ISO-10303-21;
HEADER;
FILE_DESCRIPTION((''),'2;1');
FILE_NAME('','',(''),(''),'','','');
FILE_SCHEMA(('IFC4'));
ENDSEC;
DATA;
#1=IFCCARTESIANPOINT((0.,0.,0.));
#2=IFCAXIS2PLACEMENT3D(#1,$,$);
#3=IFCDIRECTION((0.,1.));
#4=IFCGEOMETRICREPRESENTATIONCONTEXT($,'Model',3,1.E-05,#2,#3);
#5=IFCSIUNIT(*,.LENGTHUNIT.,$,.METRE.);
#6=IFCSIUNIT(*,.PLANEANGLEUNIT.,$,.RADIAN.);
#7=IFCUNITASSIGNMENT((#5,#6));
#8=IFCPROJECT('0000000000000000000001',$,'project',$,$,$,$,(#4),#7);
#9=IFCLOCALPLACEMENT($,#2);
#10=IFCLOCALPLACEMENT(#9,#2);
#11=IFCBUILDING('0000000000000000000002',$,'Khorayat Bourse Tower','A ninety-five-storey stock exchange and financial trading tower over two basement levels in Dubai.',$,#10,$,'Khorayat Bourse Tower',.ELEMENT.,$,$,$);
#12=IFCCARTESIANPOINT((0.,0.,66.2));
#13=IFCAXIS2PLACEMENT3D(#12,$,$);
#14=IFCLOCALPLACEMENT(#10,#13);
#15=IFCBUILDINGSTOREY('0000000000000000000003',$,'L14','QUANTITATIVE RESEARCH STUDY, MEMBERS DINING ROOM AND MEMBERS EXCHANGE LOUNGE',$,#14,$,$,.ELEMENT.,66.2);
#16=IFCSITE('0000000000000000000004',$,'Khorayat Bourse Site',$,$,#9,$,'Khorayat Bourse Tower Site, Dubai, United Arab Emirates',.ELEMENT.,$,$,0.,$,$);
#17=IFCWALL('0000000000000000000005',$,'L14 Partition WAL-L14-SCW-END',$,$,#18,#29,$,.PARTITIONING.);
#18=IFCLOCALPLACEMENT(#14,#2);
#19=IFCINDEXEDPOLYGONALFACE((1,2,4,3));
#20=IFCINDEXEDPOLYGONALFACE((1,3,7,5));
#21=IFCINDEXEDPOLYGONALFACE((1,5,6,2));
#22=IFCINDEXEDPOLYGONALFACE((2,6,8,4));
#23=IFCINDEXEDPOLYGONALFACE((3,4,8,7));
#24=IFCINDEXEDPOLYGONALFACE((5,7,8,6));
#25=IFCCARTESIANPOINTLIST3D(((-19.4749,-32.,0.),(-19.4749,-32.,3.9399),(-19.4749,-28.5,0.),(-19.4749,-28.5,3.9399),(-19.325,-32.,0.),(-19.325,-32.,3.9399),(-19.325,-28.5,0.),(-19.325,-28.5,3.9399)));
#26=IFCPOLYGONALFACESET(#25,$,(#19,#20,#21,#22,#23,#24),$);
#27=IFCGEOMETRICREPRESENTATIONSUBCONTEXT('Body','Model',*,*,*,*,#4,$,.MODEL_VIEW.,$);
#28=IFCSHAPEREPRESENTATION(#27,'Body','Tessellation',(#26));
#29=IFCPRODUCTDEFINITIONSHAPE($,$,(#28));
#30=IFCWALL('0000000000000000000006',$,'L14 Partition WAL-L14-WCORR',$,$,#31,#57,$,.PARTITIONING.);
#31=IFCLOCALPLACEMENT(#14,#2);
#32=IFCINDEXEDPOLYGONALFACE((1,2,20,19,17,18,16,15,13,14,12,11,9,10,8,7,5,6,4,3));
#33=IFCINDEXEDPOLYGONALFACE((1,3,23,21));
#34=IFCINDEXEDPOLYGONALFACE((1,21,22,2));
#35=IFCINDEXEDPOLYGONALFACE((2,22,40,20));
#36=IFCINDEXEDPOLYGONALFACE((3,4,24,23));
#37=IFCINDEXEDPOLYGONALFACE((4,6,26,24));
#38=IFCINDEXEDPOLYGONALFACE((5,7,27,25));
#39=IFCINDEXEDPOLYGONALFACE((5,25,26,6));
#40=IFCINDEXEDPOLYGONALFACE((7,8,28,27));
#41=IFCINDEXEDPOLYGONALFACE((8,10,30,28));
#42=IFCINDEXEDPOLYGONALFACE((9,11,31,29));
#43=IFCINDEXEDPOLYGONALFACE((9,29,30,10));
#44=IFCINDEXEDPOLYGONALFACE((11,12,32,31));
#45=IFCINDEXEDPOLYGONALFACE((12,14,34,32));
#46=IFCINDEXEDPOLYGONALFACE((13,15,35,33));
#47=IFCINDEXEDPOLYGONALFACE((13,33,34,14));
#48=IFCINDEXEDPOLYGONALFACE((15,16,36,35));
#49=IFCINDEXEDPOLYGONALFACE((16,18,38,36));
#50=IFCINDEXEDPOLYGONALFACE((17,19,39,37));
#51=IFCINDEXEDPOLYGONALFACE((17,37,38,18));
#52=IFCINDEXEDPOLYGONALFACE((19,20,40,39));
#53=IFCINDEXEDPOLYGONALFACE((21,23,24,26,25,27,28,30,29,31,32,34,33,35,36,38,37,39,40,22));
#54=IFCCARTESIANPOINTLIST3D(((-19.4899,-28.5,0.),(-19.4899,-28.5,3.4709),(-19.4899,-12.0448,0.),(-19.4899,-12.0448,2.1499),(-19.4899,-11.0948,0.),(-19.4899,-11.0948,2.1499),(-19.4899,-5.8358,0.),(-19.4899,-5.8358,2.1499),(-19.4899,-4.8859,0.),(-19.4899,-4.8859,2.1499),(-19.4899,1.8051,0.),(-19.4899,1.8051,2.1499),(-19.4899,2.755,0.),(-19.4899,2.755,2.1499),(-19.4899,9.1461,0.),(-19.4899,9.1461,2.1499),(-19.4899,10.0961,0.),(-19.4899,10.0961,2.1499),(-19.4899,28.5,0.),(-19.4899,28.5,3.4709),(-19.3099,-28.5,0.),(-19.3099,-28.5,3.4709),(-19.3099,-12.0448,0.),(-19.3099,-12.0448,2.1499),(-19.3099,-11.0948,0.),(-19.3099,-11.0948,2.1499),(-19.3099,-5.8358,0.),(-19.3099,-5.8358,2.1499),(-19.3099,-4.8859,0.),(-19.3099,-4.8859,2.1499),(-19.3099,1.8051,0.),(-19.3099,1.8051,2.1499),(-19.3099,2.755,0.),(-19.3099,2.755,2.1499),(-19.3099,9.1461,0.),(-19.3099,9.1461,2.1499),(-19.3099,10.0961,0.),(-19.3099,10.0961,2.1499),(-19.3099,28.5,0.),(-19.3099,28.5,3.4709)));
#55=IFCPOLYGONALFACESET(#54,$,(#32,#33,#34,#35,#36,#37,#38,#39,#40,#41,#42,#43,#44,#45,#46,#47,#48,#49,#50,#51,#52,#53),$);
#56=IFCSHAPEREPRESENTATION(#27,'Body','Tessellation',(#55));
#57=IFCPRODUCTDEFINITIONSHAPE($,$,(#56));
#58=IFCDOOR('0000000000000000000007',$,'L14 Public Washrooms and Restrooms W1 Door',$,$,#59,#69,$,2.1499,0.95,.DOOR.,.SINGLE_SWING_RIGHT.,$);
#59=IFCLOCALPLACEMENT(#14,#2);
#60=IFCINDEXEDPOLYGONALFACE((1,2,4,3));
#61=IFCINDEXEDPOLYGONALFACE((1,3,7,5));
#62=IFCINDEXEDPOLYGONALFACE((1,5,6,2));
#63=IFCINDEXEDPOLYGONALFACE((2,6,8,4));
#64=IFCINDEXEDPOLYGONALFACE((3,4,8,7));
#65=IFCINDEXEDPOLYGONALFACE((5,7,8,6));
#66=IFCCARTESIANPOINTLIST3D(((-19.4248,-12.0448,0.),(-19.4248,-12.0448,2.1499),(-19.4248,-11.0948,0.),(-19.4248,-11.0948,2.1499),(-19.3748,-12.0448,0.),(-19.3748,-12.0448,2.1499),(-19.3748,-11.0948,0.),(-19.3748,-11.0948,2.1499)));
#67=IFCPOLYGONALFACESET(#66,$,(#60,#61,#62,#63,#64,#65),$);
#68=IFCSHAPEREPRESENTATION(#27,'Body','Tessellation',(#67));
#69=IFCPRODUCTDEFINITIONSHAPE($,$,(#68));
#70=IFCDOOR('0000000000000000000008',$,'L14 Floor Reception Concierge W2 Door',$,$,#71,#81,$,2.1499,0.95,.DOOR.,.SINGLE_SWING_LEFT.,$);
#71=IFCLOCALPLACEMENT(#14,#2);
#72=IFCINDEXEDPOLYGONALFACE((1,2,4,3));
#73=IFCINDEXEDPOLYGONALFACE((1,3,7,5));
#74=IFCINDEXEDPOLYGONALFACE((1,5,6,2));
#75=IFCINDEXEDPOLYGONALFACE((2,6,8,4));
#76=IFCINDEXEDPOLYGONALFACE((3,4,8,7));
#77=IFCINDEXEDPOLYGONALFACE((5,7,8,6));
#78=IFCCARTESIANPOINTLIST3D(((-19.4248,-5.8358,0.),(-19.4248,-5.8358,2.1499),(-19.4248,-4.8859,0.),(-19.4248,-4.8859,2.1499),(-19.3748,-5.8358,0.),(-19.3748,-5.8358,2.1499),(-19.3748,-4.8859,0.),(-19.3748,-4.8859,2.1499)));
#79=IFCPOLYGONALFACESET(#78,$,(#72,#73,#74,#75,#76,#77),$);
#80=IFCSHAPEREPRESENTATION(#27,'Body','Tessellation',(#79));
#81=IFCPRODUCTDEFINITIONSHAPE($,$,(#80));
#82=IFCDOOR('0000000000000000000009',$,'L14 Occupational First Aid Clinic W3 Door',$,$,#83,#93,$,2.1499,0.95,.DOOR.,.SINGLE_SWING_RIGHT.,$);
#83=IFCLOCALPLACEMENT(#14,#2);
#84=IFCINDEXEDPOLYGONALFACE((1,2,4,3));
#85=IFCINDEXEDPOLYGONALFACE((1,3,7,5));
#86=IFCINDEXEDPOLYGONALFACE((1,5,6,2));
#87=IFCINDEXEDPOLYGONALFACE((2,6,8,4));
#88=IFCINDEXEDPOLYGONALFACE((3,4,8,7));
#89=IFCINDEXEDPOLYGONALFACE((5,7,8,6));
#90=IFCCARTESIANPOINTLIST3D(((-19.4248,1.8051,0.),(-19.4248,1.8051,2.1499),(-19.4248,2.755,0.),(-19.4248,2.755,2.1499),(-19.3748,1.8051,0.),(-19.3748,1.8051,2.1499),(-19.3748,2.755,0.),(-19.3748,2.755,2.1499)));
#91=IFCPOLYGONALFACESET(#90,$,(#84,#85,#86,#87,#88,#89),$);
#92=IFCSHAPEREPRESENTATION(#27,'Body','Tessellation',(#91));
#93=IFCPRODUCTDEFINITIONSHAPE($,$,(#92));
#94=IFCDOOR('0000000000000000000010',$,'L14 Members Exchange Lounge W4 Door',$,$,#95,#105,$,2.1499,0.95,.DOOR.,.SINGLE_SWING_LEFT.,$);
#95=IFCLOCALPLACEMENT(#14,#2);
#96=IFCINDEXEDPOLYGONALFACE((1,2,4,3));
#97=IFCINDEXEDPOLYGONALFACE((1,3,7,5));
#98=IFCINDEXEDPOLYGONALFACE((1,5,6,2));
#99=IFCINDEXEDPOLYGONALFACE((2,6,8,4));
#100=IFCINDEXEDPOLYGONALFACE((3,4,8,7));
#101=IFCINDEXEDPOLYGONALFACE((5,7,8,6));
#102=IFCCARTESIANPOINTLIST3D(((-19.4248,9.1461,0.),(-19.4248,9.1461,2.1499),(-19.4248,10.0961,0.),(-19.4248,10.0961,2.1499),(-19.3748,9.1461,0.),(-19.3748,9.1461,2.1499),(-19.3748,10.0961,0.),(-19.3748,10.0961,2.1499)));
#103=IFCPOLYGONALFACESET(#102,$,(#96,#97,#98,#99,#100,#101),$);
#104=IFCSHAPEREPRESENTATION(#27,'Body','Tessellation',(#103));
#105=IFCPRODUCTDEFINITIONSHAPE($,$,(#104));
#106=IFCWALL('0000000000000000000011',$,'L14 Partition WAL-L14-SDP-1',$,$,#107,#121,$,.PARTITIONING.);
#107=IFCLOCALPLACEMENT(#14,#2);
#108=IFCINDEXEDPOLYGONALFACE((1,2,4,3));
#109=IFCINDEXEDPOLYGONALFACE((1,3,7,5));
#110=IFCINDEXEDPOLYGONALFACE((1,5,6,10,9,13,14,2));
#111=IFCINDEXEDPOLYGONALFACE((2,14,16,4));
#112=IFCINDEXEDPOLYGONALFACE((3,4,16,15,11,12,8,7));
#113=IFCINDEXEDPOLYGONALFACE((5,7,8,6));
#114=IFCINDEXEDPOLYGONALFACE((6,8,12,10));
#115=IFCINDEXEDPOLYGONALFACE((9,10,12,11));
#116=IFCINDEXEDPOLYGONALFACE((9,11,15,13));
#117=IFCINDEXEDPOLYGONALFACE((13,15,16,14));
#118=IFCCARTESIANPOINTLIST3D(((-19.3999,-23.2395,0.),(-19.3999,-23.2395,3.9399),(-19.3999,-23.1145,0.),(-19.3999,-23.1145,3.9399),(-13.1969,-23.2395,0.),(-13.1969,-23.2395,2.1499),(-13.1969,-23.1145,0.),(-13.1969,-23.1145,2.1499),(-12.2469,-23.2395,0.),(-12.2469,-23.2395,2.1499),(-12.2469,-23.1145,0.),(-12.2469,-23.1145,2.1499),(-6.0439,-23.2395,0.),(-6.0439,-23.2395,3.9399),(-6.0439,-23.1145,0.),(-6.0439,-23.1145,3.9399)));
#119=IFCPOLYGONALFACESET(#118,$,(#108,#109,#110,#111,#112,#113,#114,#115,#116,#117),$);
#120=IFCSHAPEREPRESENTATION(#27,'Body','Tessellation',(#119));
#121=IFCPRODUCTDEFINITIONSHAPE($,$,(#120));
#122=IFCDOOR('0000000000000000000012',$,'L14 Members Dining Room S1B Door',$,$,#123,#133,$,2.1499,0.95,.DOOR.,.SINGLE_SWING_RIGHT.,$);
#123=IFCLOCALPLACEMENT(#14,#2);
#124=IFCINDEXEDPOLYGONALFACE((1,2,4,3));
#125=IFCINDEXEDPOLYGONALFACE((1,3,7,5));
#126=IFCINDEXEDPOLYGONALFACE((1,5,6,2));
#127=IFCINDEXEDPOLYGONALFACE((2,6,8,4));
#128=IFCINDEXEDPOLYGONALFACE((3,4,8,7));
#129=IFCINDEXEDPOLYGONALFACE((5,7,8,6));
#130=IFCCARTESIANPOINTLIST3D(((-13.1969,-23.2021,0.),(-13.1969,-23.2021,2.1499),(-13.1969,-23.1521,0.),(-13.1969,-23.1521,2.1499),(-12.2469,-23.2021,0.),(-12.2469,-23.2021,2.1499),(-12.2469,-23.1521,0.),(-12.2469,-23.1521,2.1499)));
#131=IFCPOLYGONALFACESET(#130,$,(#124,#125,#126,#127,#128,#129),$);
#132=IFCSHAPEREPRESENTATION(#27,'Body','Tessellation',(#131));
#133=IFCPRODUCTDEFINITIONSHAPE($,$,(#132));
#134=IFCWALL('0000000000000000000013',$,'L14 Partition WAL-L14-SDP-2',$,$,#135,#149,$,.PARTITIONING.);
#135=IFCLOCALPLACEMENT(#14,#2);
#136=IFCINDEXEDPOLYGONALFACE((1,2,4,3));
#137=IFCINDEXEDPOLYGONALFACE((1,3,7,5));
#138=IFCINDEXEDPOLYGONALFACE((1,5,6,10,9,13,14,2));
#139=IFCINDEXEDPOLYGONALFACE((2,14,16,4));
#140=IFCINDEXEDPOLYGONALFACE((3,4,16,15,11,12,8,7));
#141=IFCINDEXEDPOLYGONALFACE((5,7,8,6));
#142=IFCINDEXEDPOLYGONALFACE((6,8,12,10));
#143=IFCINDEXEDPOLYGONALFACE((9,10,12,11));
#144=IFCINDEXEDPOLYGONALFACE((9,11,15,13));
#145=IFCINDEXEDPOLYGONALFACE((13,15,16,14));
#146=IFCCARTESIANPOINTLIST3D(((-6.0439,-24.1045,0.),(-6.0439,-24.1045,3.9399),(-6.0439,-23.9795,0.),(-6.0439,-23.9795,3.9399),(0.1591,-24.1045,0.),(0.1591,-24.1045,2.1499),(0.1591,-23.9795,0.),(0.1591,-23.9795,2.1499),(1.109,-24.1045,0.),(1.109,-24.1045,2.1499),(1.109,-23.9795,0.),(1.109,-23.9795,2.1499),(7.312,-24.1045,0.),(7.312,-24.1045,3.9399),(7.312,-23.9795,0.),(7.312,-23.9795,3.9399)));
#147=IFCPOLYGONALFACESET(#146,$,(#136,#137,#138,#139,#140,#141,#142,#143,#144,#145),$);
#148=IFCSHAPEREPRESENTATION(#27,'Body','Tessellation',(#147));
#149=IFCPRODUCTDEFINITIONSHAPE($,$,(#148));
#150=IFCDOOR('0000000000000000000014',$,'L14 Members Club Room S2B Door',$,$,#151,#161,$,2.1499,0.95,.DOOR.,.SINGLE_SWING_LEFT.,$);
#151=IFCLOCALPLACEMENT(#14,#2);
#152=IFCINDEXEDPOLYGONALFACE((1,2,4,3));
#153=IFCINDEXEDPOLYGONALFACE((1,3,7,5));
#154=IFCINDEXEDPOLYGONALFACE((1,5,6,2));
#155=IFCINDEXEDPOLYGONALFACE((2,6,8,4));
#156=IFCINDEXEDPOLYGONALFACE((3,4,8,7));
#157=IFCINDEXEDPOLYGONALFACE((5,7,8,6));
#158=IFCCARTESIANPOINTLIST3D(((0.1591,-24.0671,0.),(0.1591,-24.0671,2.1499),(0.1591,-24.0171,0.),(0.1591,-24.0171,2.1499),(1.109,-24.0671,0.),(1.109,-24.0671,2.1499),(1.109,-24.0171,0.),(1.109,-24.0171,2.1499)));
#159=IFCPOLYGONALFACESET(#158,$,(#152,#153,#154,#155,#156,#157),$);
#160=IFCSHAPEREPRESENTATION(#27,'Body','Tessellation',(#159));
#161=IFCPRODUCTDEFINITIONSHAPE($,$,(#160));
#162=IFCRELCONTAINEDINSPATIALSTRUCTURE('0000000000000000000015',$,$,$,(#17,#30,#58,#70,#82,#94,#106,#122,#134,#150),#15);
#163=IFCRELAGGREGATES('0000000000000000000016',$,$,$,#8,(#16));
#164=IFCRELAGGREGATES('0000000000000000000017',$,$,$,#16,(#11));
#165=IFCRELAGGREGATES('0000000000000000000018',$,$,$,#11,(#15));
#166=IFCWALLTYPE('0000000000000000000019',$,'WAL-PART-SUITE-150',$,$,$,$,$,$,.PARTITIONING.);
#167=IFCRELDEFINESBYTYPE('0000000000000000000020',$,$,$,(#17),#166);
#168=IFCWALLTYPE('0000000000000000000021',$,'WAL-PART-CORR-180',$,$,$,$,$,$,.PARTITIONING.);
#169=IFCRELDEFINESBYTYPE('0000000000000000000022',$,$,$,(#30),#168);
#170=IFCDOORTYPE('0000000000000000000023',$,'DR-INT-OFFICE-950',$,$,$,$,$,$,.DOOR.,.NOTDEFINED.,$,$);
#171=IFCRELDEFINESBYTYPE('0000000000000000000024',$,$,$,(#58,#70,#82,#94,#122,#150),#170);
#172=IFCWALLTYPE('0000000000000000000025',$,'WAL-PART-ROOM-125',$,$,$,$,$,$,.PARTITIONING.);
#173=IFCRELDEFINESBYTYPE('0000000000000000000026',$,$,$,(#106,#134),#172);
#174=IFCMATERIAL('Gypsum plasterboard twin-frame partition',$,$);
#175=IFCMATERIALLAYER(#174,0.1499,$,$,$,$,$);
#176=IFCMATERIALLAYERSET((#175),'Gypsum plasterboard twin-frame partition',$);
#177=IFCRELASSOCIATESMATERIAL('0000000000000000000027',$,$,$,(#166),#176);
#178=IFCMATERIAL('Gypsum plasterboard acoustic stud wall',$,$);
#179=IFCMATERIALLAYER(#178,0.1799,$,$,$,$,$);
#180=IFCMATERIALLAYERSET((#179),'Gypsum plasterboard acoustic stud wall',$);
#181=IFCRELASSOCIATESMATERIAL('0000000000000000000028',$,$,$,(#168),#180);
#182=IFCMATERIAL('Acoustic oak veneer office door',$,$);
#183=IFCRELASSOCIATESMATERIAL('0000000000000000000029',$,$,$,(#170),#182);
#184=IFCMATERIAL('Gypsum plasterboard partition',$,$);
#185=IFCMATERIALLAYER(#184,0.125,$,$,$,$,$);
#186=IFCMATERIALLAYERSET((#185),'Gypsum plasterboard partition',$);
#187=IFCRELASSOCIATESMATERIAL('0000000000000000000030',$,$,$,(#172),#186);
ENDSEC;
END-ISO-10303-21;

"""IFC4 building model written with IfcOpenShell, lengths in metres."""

from ifc_helpers import new_model, si_unit, direction, frame, frame_2d, origin, place, context, subcontext, project, spatial, rectangle, extrude, source, transform, mapped, material, layer, layer_set, type_object, element, fill, save


model = new_model("IFC4")

# Units and contexts
model_context = context("Model", 3, precision=1e-05, world=origin(), true_north=direction((0.0, 1.0)))
body_context = subcontext(model_context, "Body", "Model", "MODEL_VIEW")
ifc_project = project(units=[si_unit("LENGTHUNIT", "METRE"), si_unit("PLANEANGLEUNIT", "RADIAN")], contexts=[model_context])

# Site, building, storey
site_placement = place(None, origin())
site = spatial("IfcSite", under=ifc_project, at=site_placement, Name="Khorayat Bourse Site", LongName="Khorayat Bourse Tower Site, Dubai, United Arab Emirates", CompositionType="ELEMENT", RefElevation=0.0)
building_placement = place(site_placement, origin())
building = spatial("IfcBuilding", under=site, at=building_placement, Name="Khorayat Bourse Tower", Description="A ninety-five-storey stock exchange and financial trading tower over two basement levels in Dubai.", LongName="Khorayat Bourse Tower", CompositionType="ELEMENT")
storey_placement = place(building_placement, frame((0.0, 0.0, 66.2)))
storey = spatial("IfcBuildingStorey", under=building, at=storey_placement, Name="L14", Description="QUANTITATIVE RESEARCH STUDY, MEMBERS DINING ROOM AND MEMBERS EXCHANGE LOUNGE", CompositionType="ELEMENT", Elevation=66.2)

# Wall
ifc_material_1 = material(Name="Gypsum plasterboard twin-frame partition")
ifc_layer_1 = layer(ifc_material_1, 0.1499)
ifc_layer_set_1 = layer_set([ifc_layer_1], Name="Gypsum plasterboard twin-frame partition")
wall_type_1 = type_object("IfcWallType", Name="WAL-PART-SUITE-150", PredefinedType="PARTITIONING", material=ifc_layer_set_1)
shared_shape_1 = source(origin(), body_context, "Body", "SweptSolid", [
    extrude(rectangle(XDim=3.5, YDim=0.1499, at=frame_2d((1.75, 0.0))), origin(), (0.0, 0.0, 1.0), 3.9399),
])
wall_1_placement = place(storey_placement, frame((-19.3999, -32.0, 0.0), z_axis=(0.0, 0.0, 1.0), x_axis=(0.0, 1.0, 0.0)))
element("IfcWall", 1, at=wall_1_placement, inside=storey, type_object=wall_type_1, Name="L14 Partition WAL-L14-SCW-END", PredefinedType="PARTITIONING", context=body_context, shape_type="MappedRepresentation", body=[
    mapped(shared_shape_1, transform((0.0, 0.0, 0.0), scale=1.0)),
])

# Wall, openings, doors
ifc_material_2 = material(Name="Gypsum plasterboard acoustic stud wall")
ifc_layer_2 = layer(ifc_material_2, 0.1799)
ifc_layer_set_2 = layer_set([ifc_layer_2], Name="Gypsum plasterboard acoustic stud wall")
wall_type_2 = type_object("IfcWallType", Name="WAL-PART-CORR-180", PredefinedType="PARTITIONING", material=ifc_layer_set_2)
shared_shape_2 = source(origin(), body_context, "Body", "SweptSolid", [
    extrude(rectangle(XDim=57.0, YDim=0.1799, at=frame_2d((28.5, 0.0))), origin(), (0.0, 0.0, 1.0), 3.4709),
])
wall_2_placement = place(storey_placement, frame((-19.3999, -28.5, 0.0), z_axis=(0.0, 0.0, 1.0), x_axis=(0.0, 1.0, 0.0)))
wall_2 = element("IfcWall", 2, at=wall_2_placement, inside=storey, type_object=wall_type_2, Name="L14 Partition WAL-L14-WCORR", PredefinedType="PARTITIONING", context=body_context, shape_type="MappedRepresentation", body=[
    mapped(shared_shape_2, transform((0.0, 0.0, 0.0), scale=1.0)),
])
shared_shape_3 = source(origin(), body_context, "Body", "SweptSolid", [
    extrude(rectangle(XDim=0.95, YDim=2.1499, at=frame_2d((0.4751, 1.075))), frame((0.0, 0.0999, 0.0), z_axis=(0.0, -1.0, 0.0), x_axis=(1.0, 0.0, 0.0)), (0.0, 0.0, 1.0), 0.2),
])
opening_1_placement = place(wall_2_placement, frame((16.4551, 0.0, 0.0)))
opening_1 = element("IfcOpeningElement", 3, at=opening_1_placement, cuts=wall_2, PredefinedType="OPENING", context=body_context, shape_type="MappedRepresentation", body=[
    mapped(shared_shape_3, transform((0.0, 0.0, 0.0), scale=1.0)),
])
opening_2_placement = place(wall_2_placement, frame((22.6641, 0.0, 0.0)))
opening_2 = element("IfcOpeningElement", 4, at=opening_2_placement, cuts=wall_2, PredefinedType="OPENING", context=body_context, shape_type="MappedRepresentation", body=[
    mapped(shared_shape_3, transform((0.0, 0.0, 0.0), scale=1.0)),
])
opening_3_placement = place(wall_2_placement, frame((30.3049, 0.0, 0.0)))
opening_3 = element("IfcOpeningElement", 5, at=opening_3_placement, cuts=wall_2, PredefinedType="OPENING", context=body_context, shape_type="MappedRepresentation", body=[
    mapped(shared_shape_3, transform((0.0, 0.0, 0.0), scale=1.0)),
])
opening_4_placement = place(wall_2_placement, frame((37.646, 0.0, 0.0)))
opening_4 = element("IfcOpeningElement", 6, at=opening_4_placement, cuts=wall_2, PredefinedType="OPENING", context=body_context, shape_type="MappedRepresentation", body=[
    mapped(shared_shape_3, transform((0.0, 0.0, 0.0), scale=1.0)),
])
ifc_material_3 = material(Name="Acoustic oak veneer office door")
door_type = type_object("IfcDoorType", Name="DR-INT-OFFICE-950", OperationType="NOTDEFINED", PredefinedType="DOOR", material=ifc_material_3)
shared_shape_4 = source(origin(), body_context, "Body", "SweptSolid", [
    extrude(rectangle(XDim=0.95, YDim=2.1499, at=frame_2d((0.4751, 1.075))), frame((0.0, 0.0249, 0.0), z_axis=(0.0, -1.0, 0.0), x_axis=(1.0, 0.0, 0.0)), (0.0, 0.0, 1.0), 0.05),
])
door_1_placement = place(opening_1_placement, origin())
door_1 = element("IfcDoor", 7, at=door_1_placement, inside=storey, type_object=door_type, Name="L14 Public Washrooms and Restrooms W1 Door", OperationType="SINGLE_SWING_RIGHT", OverallHeight=2.1499, OverallWidth=0.95, PredefinedType="DOOR", context=body_context, shape_type="MappedRepresentation", body=[
    mapped(shared_shape_4, transform((0.0, 0.0, 0.0), scale=1.0)),
])
fill(opening_1, door_1)
door_2_placement = place(opening_2_placement, origin())
door_2 = element("IfcDoor", 8, at=door_2_placement, inside=storey, type_object=door_type, Name="L14 Floor Reception Concierge W2 Door", OperationType="SINGLE_SWING_LEFT", OverallHeight=2.1499, OverallWidth=0.95, PredefinedType="DOOR", context=body_context, shape_type="MappedRepresentation", body=[
    mapped(shared_shape_4, transform((0.0, 0.0, 0.0), scale=1.0)),
])
fill(opening_2, door_2)
door_3_placement = place(opening_3_placement, origin())
door_3 = element("IfcDoor", 9, at=door_3_placement, inside=storey, type_object=door_type, Name="L14 Occupational First Aid Clinic W3 Door", OperationType="SINGLE_SWING_RIGHT", OverallHeight=2.1499, OverallWidth=0.95, PredefinedType="DOOR", context=body_context, shape_type="MappedRepresentation", body=[
    mapped(shared_shape_4, transform((0.0, 0.0, 0.0), scale=1.0)),
])
fill(opening_3, door_3)
door_4_placement = place(opening_4_placement, origin())
door_4 = element("IfcDoor", 10, at=door_4_placement, inside=storey, type_object=door_type, Name="L14 Members Exchange Lounge W4 Door", OperationType="SINGLE_SWING_LEFT", OverallHeight=2.1499, OverallWidth=0.95, PredefinedType="DOOR", context=body_context, shape_type="MappedRepresentation", body=[
    mapped(shared_shape_4, transform((0.0, 0.0, 0.0), scale=1.0)),
])
fill(opening_4, door_4)

# Walls, openings, doors
ifc_material_4 = material(Name="Gypsum plasterboard partition")
ifc_layer_3 = layer(ifc_material_4, 0.125)
ifc_layer_set_3 = layer_set([ifc_layer_3], Name="Gypsum plasterboard partition")
wall_type_3 = type_object("IfcWallType", Name="WAL-PART-ROOM-125", PredefinedType="PARTITIONING", material=ifc_layer_set_3)
shared_shape_5 = source(origin(), body_context, "Body", "SweptSolid", [
    extrude(rectangle(XDim=13.356, YDim=0.125, at=frame_2d((6.678, 0.0))), origin(), (0.0, 0.0, 1.0), 3.9399),
])
wall_3_placement = place(storey_placement, frame((-19.3999, -23.177, 0.0), z_axis=(0.0, 0.0, 1.0), x_axis=(1.0, 0.0, 0.0)))
wall_3 = element("IfcWall", 11, at=wall_3_placement, inside=storey, type_object=wall_type_3, Name="L14 Partition WAL-L14-SDP-1", PredefinedType="PARTITIONING", context=body_context, shape_type="MappedRepresentation", body=[
    mapped(shared_shape_5, transform((0.0, 0.0, 0.0), scale=1.0)),
])
shared_shape_6 = source(origin(), body_context, "Body", "SweptSolid", [
    extrude(rectangle(XDim=0.95, YDim=2.1499, at=frame_2d((0.4751, 1.075))), frame((0.0, 0.0725, 0.0), z_axis=(0.0, -1.0, 0.0), x_axis=(1.0, 0.0, 0.0)), (0.0, 0.0, 1.0), 0.145),
])
opening_5_placement = place(wall_3_placement, frame((6.2029, 0.0, 0.0)))
opening_5 = element("IfcOpeningElement", 12, at=opening_5_placement, cuts=wall_3, PredefinedType="OPENING", context=body_context, shape_type="MappedRepresentation", body=[
    mapped(shared_shape_6, transform((0.0, 0.0, 0.0), scale=1.0)),
])
door_5_placement = place(opening_5_placement, origin())
door_5 = element("IfcDoor", 13, at=door_5_placement, inside=storey, type_object=door_type, Name="L14 Members Dining Room S1B Door", OperationType="SINGLE_SWING_RIGHT", OverallHeight=2.1499, OverallWidth=0.95, PredefinedType="DOOR", context=body_context, shape_type="MappedRepresentation", body=[
    mapped(shared_shape_4, transform((0.0, 0.0, 0.0), scale=1.0)),
])
fill(opening_5, door_5)
wall_4_placement = place(storey_placement, frame((-6.0439, -24.042, 0.0), z_axis=(0.0, 0.0, 1.0), x_axis=(1.0, 0.0, 0.0)))
wall_4 = element("IfcWall", 14, at=wall_4_placement, inside=storey, type_object=wall_type_3, Name="L14 Partition WAL-L14-SDP-2", PredefinedType="PARTITIONING", context=body_context, shape_type="MappedRepresentation", body=[
    mapped(shared_shape_5, transform((0.0, 0.0, 0.0), scale=1.0)),
])
opening_6_placement = place(wall_4_placement, frame((6.2029, 0.0, 0.0)))
opening_6 = element("IfcOpeningElement", 15, at=opening_6_placement, cuts=wall_4, PredefinedType="OPENING", context=body_context, shape_type="MappedRepresentation", body=[
    mapped(shared_shape_6, transform((0.0, 0.0, 0.0), scale=1.0)),
])
door_6_placement = place(opening_6_placement, origin())
door_6 = element("IfcDoor", 16, at=door_6_placement, inside=storey, type_object=door_type, Name="L14 Members Club Room S2B Door", OperationType="SINGLE_SWING_LEFT", OverallHeight=2.1499, OverallWidth=0.95, PredefinedType="DOOR", context=body_context, shape_type="MappedRepresentation", body=[
    mapped(shared_shape_4, transform((0.0, 0.0, 0.0), scale=1.0)),
])
fill(opening_6, door_6)

save(model, "model.ifc")
